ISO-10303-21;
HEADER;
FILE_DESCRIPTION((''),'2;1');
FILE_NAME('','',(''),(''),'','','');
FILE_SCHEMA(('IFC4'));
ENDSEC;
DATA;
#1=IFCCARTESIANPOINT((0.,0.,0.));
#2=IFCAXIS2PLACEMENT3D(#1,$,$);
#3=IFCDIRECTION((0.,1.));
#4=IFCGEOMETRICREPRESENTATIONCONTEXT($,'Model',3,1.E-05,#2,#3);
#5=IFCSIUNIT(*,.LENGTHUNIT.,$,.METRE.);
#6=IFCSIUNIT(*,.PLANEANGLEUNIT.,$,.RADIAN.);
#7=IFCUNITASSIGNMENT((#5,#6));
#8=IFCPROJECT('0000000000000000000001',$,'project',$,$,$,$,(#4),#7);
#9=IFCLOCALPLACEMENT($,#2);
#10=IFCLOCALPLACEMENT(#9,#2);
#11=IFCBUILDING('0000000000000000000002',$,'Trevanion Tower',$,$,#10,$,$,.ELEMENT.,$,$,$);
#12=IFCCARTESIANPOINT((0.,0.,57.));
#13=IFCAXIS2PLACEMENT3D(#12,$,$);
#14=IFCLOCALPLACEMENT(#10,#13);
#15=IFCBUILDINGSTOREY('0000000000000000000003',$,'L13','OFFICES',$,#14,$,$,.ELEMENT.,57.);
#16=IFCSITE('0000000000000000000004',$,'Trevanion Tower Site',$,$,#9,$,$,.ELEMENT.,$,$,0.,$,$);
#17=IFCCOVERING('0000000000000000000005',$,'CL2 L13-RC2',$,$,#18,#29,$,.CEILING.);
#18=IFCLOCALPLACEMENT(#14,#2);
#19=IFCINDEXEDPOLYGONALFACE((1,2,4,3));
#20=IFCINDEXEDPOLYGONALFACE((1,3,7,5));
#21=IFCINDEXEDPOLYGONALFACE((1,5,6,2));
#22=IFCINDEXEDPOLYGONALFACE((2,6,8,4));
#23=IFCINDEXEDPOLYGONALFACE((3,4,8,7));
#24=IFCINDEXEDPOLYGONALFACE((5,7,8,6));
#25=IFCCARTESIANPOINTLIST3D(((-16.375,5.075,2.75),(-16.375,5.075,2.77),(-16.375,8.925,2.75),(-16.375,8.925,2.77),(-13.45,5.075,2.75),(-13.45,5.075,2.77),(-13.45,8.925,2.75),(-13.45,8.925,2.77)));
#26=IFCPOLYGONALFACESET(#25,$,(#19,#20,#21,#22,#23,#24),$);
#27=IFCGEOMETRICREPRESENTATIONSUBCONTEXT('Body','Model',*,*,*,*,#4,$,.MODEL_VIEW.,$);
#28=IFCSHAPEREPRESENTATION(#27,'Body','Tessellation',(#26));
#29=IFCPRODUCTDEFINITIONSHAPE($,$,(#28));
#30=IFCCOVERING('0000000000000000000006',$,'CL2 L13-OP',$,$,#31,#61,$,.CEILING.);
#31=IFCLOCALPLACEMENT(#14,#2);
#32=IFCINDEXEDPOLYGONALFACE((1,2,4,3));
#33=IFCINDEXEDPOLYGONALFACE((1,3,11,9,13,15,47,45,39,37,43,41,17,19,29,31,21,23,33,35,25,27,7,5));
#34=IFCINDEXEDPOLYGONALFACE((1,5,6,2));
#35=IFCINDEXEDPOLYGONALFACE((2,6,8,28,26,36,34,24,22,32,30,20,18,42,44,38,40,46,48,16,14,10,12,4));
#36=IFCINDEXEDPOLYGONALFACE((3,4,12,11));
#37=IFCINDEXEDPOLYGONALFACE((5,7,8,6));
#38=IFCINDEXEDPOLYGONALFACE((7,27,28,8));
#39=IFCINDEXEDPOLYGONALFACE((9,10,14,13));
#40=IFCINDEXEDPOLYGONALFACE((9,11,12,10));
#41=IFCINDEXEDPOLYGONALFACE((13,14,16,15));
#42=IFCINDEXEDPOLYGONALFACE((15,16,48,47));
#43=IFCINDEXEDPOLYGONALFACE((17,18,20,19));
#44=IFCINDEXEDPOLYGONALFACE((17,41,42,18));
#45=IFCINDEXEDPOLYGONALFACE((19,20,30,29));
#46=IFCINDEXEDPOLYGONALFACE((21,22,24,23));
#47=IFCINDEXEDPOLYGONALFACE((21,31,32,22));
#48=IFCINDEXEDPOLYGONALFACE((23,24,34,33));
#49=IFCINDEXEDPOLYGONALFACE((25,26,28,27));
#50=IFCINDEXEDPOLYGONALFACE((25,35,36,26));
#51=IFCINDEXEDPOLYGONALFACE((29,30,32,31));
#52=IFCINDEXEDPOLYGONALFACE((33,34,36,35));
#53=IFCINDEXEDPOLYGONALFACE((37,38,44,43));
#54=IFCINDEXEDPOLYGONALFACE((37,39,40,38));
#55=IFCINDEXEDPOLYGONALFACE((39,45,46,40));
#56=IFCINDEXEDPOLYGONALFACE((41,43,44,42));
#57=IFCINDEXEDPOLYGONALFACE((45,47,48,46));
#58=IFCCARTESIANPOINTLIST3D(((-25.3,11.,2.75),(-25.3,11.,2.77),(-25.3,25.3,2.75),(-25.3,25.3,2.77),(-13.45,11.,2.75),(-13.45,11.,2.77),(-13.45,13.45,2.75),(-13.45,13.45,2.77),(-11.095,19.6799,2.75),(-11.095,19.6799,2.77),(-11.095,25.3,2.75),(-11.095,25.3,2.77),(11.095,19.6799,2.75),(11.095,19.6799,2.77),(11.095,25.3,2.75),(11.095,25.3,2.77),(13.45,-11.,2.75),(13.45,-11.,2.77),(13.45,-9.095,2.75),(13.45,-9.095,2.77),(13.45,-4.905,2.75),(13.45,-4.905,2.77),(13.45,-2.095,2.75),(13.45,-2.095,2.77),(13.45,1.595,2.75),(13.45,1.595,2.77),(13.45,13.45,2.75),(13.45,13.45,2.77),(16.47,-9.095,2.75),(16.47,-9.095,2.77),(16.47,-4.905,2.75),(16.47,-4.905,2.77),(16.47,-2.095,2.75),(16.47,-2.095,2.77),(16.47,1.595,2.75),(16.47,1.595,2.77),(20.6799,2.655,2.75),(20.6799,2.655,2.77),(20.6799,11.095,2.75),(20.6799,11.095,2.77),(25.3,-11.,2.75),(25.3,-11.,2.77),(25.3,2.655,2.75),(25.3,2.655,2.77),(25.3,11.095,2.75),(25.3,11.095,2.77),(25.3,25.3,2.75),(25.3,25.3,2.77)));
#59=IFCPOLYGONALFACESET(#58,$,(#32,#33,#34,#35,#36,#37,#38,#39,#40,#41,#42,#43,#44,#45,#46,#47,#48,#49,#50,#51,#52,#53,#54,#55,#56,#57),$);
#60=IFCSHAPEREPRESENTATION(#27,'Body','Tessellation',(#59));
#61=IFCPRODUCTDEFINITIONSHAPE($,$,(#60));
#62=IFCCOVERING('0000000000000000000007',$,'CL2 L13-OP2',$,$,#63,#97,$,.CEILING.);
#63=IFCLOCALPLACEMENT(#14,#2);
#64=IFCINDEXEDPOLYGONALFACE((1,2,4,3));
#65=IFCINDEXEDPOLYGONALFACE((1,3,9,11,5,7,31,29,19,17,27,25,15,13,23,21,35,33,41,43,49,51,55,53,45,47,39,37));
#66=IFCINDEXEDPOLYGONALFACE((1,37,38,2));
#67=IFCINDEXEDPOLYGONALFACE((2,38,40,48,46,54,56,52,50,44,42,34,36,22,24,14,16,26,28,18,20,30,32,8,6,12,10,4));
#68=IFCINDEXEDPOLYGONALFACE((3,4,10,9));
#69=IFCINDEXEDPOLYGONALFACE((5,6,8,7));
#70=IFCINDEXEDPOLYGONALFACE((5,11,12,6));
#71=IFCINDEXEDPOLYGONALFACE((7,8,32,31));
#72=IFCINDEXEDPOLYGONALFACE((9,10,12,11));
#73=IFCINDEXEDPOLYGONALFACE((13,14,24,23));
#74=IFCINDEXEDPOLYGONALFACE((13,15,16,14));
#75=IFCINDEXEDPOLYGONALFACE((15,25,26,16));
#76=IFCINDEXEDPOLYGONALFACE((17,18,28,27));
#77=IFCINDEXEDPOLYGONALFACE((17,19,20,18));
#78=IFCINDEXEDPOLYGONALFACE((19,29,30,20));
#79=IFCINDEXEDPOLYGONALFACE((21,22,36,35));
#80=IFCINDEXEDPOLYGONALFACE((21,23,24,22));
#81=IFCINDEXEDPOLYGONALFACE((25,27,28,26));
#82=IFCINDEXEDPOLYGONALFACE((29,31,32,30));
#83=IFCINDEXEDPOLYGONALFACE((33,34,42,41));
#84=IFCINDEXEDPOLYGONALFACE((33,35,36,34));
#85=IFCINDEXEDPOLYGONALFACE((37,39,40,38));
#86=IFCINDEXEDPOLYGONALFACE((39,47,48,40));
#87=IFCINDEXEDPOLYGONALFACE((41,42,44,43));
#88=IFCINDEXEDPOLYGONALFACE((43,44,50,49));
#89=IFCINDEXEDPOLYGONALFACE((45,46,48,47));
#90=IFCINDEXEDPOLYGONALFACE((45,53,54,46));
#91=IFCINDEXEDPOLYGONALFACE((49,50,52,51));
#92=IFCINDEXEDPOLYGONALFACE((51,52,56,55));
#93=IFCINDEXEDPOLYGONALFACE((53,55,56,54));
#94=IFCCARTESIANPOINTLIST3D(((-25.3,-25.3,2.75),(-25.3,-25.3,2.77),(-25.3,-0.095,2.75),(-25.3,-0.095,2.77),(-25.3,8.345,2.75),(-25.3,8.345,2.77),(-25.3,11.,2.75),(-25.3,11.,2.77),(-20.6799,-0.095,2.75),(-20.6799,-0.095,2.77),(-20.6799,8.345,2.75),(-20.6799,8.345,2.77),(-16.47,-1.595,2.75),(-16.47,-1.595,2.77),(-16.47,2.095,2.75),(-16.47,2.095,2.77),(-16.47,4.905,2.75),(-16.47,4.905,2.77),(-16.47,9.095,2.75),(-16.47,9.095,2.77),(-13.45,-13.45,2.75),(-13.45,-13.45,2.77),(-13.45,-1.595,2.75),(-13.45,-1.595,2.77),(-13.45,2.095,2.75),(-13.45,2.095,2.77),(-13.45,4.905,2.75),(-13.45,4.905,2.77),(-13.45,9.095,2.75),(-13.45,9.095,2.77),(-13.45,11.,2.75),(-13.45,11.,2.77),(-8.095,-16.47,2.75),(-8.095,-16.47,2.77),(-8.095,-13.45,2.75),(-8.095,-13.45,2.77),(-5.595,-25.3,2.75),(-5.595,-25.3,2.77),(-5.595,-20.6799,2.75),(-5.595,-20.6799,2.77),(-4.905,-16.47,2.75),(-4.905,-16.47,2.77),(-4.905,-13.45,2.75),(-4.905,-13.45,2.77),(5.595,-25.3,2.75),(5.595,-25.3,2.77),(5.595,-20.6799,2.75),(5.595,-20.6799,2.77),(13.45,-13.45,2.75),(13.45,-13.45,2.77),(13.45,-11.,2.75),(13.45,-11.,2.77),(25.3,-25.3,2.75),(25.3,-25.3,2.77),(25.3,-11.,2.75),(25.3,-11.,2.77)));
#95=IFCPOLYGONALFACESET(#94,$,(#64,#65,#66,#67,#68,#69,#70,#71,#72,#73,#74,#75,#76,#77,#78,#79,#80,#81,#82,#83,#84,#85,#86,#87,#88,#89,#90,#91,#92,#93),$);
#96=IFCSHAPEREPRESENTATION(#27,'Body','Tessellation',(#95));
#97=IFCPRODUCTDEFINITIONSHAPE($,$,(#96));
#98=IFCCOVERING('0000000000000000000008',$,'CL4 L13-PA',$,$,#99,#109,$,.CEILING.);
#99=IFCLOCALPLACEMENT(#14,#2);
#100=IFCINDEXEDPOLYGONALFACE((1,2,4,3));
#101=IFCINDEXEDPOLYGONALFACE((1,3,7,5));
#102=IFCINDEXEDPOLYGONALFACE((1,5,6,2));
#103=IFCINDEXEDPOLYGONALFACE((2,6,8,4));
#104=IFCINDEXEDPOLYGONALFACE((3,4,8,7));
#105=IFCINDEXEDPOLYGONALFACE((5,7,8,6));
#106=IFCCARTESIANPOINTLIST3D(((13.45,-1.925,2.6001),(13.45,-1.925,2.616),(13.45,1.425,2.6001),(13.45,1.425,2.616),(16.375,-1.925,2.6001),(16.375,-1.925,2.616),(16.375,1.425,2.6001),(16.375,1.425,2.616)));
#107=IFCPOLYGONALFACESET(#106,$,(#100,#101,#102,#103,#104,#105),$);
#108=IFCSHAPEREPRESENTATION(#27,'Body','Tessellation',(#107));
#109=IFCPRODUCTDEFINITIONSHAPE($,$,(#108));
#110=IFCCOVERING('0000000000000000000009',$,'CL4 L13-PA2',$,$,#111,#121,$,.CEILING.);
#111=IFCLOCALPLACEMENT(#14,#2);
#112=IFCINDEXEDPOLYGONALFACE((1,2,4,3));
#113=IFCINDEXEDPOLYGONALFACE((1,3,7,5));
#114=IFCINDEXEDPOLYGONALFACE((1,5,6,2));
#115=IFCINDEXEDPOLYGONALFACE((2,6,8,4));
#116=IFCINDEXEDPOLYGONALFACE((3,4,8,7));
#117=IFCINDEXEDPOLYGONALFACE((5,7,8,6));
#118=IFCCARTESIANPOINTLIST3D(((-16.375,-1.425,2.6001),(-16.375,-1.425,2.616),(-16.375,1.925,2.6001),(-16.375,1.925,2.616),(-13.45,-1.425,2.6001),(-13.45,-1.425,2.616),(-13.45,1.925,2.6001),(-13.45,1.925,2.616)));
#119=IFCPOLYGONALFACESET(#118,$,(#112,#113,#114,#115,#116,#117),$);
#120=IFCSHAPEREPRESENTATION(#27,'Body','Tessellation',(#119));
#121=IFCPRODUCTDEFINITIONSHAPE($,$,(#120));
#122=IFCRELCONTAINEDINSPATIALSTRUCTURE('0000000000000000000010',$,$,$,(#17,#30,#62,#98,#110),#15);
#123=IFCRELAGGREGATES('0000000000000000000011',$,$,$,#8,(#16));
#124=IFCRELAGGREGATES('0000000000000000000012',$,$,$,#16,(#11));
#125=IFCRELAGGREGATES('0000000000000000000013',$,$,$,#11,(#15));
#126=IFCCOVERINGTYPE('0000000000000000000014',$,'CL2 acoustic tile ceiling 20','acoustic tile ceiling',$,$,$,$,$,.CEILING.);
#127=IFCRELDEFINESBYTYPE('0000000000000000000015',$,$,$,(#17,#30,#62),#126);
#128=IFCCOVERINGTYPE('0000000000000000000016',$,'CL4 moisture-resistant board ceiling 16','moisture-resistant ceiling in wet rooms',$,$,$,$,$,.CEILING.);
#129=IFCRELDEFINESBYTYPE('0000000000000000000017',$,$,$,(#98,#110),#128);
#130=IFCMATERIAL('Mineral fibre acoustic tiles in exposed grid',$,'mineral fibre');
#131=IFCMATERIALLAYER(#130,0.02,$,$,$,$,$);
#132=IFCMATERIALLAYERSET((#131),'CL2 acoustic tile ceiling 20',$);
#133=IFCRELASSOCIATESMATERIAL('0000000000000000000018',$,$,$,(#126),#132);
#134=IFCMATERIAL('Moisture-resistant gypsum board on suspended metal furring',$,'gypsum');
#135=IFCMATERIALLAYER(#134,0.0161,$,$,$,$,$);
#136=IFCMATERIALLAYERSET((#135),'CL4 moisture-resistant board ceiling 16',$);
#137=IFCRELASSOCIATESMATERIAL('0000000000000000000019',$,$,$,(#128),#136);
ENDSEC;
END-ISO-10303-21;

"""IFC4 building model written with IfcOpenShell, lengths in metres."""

from ifc_helpers import new_model, si_unit, direction, frame, origin, place, context, subcontext, project, spatial, polyline, outline, extrude, material, layer, layer_set, type_object, element, save


model = new_model("IFC4")

# Units and contexts
model_context = context("Model", 3, precision=1e-05, world=origin(), true_north=direction((0.0, 1.0)))
body_context = subcontext(model_context, "Body", "Model", "MODEL_VIEW")
ifc_project = project(units=[si_unit("LENGTHUNIT", "METRE"), si_unit("PLANEANGLEUNIT", "RADIAN")], contexts=[model_context])

# Site, building, storey
site_placement = place(None, origin())
site = spatial("IfcSite", under=ifc_project, at=site_placement, Name="Trevanion Tower Site", CompositionType="ELEMENT", RefElevation=0.0)
building_placement = place(site_placement, origin())
building = spatial("IfcBuilding", under=site, at=building_placement, Name="Trevanion Tower", CompositionType="ELEMENT")
storey_placement = place(building_placement, frame((0.0, 0.0, 57.0)))
storey = spatial("IfcBuildingStorey", under=building, at=storey_placement, Name="L13", Description="OFFICES", CompositionType="ELEMENT", Elevation=57.0)

# Coverings
ifc_material_1 = material(Name="Mineral fibre acoustic tiles in exposed grid", Category="mineral fibre")
ifc_layer_1 = layer(ifc_material_1, 0.02)
ifc_layer_set_1 = layer_set([ifc_layer_1], Name="CL2 acoustic tile ceiling 20")
covering_type_1 = type_object("IfcCoveringType", Name="CL2 acoustic tile ceiling 20", Description="acoustic tile ceiling", PredefinedType="CEILING", material=ifc_layer_set_1)
covering_1_placement = place(storey_placement, frame((0.0, 0.0, 2.75)))
element("IfcCovering", 1, at=covering_1_placement, inside=storey, type_object=covering_type_1, Name="CL2 L13-RC2", PredefinedType="CEILING", context=body_context, shape_type="SweptSolid", body=[
    extrude(outline(polyline([(-13.45, 8.925), (-13.45, 5.075), (-16.375, 5.075), (-16.375, 8.925), (-13.45, 8.925)])), origin(), (0.0, 0.0, 1.0), 0.02),
])
covering_2_placement = place(storey_placement, frame((0.0, 0.0, 2.75)))
element("IfcCovering", 2, at=covering_2_placement, inside=storey, type_object=covering_type_1, Name="CL2 L13-OP", PredefinedType="CEILING", context=body_context, shape_type="SweptSolid", body=[
    extrude(outline(polyline([(13.45, 13.45), (-13.45, 13.45), (-13.45, 11.0), (-25.3, 11.0), (-25.3, 25.3), (-11.095, 25.3), (-11.095, 19.6799), (11.095, 19.6799), (11.095, 25.3), (25.3, 25.3), (25.3, 11.095), (20.6799, 11.095), (20.6799, 2.655), (25.3, 2.655), (25.3, -11.0), (13.45, -11.0), (13.45, -9.095), (16.47, -9.095), (16.47, -4.905), (13.45, -4.905), (13.45, -2.095), (16.47, -2.095), (16.47, 1.595), (13.45, 1.595), (13.45, 13.45)])), origin(), (0.0, 0.0, 1.0), 0.02),
])
covering_3_placement = place(storey_placement, frame((0.0, 0.0, 2.75)))
element("IfcCovering", 3, at=covering_3_placement, inside=storey, type_object=covering_type_1, Name="CL2 L13-OP2", PredefinedType="CEILING", context=body_context, shape_type="SweptSolid", body=[
    extrude(outline(polyline([(13.45, -11.0), (25.3, -11.0), (25.3, -25.3), (5.595, -25.3), (5.595, -20.6799), (-5.595, -20.6799), (-5.595, -25.3), (-25.3, -25.3), (-25.3, -0.095), (-20.6799, -0.095), (-20.6799, 8.345), (-25.3, 8.345), (-25.3, 11.0), (-13.45, 11.0), (-13.45, 9.095), (-16.47, 9.095), (-16.47, 4.905), (-13.45, 4.905), (-13.45, 2.095), (-16.47, 2.095), (-16.47, -1.595), (-13.45, -1.595), (-13.45, -13.45), (-8.095, -13.45), (-8.095, -16.47), (-4.905, -16.47), (-4.905, -13.45), (13.45, -13.45), (13.45, -11.0)])), origin(), (0.0, 0.0, 1.0), 0.02),
])
ifc_material_2 = material(Name="Moisture-resistant gypsum board on suspended metal furring", Category="gypsum")
ifc_layer_2 = layer(ifc_material_2, 0.0161)
ifc_layer_set_2 = layer_set([ifc_layer_2], Name="CL4 moisture-resistant board ceiling 16")
covering_type_2 = type_object("IfcCoveringType", Name="CL4 moisture-resistant board ceiling 16", Description="moisture-resistant ceiling in wet rooms", PredefinedType="CEILING", material=ifc_layer_set_2)
covering_4_placement = place(storey_placement, frame((0.0, 0.0, 2.6001)))
element("IfcCovering", 4, at=covering_4_placement, inside=storey, type_object=covering_type_2, Name="CL4 L13-PA", PredefinedType="CEILING", context=body_context, shape_type="SweptSolid", body=[
    extrude(outline(polyline([(13.45, -1.925), (13.45, 1.425), (16.375, 1.425), (16.375, -1.925), (13.45, -1.925)])), origin(), (0.0, 0.0, 1.0), 0.0159),
])
covering_5_placement = place(storey_placement, frame((0.0, 0.0, 2.6001)))
element("IfcCovering", 5, at=covering_5_placement, inside=storey, type_object=covering_type_2, Name="CL4 L13-PA2", PredefinedType="CEILING", context=body_context, shape_type="SweptSolid", body=[
    extrude(outline(polyline([(-13.45, 1.925), (-13.45, -1.425), (-16.375, -1.425), (-16.375, 1.925), (-13.45, 1.925)])), origin(), (0.0, 0.0, 1.0), 0.0159),
])

save(model, "model.ifc")
